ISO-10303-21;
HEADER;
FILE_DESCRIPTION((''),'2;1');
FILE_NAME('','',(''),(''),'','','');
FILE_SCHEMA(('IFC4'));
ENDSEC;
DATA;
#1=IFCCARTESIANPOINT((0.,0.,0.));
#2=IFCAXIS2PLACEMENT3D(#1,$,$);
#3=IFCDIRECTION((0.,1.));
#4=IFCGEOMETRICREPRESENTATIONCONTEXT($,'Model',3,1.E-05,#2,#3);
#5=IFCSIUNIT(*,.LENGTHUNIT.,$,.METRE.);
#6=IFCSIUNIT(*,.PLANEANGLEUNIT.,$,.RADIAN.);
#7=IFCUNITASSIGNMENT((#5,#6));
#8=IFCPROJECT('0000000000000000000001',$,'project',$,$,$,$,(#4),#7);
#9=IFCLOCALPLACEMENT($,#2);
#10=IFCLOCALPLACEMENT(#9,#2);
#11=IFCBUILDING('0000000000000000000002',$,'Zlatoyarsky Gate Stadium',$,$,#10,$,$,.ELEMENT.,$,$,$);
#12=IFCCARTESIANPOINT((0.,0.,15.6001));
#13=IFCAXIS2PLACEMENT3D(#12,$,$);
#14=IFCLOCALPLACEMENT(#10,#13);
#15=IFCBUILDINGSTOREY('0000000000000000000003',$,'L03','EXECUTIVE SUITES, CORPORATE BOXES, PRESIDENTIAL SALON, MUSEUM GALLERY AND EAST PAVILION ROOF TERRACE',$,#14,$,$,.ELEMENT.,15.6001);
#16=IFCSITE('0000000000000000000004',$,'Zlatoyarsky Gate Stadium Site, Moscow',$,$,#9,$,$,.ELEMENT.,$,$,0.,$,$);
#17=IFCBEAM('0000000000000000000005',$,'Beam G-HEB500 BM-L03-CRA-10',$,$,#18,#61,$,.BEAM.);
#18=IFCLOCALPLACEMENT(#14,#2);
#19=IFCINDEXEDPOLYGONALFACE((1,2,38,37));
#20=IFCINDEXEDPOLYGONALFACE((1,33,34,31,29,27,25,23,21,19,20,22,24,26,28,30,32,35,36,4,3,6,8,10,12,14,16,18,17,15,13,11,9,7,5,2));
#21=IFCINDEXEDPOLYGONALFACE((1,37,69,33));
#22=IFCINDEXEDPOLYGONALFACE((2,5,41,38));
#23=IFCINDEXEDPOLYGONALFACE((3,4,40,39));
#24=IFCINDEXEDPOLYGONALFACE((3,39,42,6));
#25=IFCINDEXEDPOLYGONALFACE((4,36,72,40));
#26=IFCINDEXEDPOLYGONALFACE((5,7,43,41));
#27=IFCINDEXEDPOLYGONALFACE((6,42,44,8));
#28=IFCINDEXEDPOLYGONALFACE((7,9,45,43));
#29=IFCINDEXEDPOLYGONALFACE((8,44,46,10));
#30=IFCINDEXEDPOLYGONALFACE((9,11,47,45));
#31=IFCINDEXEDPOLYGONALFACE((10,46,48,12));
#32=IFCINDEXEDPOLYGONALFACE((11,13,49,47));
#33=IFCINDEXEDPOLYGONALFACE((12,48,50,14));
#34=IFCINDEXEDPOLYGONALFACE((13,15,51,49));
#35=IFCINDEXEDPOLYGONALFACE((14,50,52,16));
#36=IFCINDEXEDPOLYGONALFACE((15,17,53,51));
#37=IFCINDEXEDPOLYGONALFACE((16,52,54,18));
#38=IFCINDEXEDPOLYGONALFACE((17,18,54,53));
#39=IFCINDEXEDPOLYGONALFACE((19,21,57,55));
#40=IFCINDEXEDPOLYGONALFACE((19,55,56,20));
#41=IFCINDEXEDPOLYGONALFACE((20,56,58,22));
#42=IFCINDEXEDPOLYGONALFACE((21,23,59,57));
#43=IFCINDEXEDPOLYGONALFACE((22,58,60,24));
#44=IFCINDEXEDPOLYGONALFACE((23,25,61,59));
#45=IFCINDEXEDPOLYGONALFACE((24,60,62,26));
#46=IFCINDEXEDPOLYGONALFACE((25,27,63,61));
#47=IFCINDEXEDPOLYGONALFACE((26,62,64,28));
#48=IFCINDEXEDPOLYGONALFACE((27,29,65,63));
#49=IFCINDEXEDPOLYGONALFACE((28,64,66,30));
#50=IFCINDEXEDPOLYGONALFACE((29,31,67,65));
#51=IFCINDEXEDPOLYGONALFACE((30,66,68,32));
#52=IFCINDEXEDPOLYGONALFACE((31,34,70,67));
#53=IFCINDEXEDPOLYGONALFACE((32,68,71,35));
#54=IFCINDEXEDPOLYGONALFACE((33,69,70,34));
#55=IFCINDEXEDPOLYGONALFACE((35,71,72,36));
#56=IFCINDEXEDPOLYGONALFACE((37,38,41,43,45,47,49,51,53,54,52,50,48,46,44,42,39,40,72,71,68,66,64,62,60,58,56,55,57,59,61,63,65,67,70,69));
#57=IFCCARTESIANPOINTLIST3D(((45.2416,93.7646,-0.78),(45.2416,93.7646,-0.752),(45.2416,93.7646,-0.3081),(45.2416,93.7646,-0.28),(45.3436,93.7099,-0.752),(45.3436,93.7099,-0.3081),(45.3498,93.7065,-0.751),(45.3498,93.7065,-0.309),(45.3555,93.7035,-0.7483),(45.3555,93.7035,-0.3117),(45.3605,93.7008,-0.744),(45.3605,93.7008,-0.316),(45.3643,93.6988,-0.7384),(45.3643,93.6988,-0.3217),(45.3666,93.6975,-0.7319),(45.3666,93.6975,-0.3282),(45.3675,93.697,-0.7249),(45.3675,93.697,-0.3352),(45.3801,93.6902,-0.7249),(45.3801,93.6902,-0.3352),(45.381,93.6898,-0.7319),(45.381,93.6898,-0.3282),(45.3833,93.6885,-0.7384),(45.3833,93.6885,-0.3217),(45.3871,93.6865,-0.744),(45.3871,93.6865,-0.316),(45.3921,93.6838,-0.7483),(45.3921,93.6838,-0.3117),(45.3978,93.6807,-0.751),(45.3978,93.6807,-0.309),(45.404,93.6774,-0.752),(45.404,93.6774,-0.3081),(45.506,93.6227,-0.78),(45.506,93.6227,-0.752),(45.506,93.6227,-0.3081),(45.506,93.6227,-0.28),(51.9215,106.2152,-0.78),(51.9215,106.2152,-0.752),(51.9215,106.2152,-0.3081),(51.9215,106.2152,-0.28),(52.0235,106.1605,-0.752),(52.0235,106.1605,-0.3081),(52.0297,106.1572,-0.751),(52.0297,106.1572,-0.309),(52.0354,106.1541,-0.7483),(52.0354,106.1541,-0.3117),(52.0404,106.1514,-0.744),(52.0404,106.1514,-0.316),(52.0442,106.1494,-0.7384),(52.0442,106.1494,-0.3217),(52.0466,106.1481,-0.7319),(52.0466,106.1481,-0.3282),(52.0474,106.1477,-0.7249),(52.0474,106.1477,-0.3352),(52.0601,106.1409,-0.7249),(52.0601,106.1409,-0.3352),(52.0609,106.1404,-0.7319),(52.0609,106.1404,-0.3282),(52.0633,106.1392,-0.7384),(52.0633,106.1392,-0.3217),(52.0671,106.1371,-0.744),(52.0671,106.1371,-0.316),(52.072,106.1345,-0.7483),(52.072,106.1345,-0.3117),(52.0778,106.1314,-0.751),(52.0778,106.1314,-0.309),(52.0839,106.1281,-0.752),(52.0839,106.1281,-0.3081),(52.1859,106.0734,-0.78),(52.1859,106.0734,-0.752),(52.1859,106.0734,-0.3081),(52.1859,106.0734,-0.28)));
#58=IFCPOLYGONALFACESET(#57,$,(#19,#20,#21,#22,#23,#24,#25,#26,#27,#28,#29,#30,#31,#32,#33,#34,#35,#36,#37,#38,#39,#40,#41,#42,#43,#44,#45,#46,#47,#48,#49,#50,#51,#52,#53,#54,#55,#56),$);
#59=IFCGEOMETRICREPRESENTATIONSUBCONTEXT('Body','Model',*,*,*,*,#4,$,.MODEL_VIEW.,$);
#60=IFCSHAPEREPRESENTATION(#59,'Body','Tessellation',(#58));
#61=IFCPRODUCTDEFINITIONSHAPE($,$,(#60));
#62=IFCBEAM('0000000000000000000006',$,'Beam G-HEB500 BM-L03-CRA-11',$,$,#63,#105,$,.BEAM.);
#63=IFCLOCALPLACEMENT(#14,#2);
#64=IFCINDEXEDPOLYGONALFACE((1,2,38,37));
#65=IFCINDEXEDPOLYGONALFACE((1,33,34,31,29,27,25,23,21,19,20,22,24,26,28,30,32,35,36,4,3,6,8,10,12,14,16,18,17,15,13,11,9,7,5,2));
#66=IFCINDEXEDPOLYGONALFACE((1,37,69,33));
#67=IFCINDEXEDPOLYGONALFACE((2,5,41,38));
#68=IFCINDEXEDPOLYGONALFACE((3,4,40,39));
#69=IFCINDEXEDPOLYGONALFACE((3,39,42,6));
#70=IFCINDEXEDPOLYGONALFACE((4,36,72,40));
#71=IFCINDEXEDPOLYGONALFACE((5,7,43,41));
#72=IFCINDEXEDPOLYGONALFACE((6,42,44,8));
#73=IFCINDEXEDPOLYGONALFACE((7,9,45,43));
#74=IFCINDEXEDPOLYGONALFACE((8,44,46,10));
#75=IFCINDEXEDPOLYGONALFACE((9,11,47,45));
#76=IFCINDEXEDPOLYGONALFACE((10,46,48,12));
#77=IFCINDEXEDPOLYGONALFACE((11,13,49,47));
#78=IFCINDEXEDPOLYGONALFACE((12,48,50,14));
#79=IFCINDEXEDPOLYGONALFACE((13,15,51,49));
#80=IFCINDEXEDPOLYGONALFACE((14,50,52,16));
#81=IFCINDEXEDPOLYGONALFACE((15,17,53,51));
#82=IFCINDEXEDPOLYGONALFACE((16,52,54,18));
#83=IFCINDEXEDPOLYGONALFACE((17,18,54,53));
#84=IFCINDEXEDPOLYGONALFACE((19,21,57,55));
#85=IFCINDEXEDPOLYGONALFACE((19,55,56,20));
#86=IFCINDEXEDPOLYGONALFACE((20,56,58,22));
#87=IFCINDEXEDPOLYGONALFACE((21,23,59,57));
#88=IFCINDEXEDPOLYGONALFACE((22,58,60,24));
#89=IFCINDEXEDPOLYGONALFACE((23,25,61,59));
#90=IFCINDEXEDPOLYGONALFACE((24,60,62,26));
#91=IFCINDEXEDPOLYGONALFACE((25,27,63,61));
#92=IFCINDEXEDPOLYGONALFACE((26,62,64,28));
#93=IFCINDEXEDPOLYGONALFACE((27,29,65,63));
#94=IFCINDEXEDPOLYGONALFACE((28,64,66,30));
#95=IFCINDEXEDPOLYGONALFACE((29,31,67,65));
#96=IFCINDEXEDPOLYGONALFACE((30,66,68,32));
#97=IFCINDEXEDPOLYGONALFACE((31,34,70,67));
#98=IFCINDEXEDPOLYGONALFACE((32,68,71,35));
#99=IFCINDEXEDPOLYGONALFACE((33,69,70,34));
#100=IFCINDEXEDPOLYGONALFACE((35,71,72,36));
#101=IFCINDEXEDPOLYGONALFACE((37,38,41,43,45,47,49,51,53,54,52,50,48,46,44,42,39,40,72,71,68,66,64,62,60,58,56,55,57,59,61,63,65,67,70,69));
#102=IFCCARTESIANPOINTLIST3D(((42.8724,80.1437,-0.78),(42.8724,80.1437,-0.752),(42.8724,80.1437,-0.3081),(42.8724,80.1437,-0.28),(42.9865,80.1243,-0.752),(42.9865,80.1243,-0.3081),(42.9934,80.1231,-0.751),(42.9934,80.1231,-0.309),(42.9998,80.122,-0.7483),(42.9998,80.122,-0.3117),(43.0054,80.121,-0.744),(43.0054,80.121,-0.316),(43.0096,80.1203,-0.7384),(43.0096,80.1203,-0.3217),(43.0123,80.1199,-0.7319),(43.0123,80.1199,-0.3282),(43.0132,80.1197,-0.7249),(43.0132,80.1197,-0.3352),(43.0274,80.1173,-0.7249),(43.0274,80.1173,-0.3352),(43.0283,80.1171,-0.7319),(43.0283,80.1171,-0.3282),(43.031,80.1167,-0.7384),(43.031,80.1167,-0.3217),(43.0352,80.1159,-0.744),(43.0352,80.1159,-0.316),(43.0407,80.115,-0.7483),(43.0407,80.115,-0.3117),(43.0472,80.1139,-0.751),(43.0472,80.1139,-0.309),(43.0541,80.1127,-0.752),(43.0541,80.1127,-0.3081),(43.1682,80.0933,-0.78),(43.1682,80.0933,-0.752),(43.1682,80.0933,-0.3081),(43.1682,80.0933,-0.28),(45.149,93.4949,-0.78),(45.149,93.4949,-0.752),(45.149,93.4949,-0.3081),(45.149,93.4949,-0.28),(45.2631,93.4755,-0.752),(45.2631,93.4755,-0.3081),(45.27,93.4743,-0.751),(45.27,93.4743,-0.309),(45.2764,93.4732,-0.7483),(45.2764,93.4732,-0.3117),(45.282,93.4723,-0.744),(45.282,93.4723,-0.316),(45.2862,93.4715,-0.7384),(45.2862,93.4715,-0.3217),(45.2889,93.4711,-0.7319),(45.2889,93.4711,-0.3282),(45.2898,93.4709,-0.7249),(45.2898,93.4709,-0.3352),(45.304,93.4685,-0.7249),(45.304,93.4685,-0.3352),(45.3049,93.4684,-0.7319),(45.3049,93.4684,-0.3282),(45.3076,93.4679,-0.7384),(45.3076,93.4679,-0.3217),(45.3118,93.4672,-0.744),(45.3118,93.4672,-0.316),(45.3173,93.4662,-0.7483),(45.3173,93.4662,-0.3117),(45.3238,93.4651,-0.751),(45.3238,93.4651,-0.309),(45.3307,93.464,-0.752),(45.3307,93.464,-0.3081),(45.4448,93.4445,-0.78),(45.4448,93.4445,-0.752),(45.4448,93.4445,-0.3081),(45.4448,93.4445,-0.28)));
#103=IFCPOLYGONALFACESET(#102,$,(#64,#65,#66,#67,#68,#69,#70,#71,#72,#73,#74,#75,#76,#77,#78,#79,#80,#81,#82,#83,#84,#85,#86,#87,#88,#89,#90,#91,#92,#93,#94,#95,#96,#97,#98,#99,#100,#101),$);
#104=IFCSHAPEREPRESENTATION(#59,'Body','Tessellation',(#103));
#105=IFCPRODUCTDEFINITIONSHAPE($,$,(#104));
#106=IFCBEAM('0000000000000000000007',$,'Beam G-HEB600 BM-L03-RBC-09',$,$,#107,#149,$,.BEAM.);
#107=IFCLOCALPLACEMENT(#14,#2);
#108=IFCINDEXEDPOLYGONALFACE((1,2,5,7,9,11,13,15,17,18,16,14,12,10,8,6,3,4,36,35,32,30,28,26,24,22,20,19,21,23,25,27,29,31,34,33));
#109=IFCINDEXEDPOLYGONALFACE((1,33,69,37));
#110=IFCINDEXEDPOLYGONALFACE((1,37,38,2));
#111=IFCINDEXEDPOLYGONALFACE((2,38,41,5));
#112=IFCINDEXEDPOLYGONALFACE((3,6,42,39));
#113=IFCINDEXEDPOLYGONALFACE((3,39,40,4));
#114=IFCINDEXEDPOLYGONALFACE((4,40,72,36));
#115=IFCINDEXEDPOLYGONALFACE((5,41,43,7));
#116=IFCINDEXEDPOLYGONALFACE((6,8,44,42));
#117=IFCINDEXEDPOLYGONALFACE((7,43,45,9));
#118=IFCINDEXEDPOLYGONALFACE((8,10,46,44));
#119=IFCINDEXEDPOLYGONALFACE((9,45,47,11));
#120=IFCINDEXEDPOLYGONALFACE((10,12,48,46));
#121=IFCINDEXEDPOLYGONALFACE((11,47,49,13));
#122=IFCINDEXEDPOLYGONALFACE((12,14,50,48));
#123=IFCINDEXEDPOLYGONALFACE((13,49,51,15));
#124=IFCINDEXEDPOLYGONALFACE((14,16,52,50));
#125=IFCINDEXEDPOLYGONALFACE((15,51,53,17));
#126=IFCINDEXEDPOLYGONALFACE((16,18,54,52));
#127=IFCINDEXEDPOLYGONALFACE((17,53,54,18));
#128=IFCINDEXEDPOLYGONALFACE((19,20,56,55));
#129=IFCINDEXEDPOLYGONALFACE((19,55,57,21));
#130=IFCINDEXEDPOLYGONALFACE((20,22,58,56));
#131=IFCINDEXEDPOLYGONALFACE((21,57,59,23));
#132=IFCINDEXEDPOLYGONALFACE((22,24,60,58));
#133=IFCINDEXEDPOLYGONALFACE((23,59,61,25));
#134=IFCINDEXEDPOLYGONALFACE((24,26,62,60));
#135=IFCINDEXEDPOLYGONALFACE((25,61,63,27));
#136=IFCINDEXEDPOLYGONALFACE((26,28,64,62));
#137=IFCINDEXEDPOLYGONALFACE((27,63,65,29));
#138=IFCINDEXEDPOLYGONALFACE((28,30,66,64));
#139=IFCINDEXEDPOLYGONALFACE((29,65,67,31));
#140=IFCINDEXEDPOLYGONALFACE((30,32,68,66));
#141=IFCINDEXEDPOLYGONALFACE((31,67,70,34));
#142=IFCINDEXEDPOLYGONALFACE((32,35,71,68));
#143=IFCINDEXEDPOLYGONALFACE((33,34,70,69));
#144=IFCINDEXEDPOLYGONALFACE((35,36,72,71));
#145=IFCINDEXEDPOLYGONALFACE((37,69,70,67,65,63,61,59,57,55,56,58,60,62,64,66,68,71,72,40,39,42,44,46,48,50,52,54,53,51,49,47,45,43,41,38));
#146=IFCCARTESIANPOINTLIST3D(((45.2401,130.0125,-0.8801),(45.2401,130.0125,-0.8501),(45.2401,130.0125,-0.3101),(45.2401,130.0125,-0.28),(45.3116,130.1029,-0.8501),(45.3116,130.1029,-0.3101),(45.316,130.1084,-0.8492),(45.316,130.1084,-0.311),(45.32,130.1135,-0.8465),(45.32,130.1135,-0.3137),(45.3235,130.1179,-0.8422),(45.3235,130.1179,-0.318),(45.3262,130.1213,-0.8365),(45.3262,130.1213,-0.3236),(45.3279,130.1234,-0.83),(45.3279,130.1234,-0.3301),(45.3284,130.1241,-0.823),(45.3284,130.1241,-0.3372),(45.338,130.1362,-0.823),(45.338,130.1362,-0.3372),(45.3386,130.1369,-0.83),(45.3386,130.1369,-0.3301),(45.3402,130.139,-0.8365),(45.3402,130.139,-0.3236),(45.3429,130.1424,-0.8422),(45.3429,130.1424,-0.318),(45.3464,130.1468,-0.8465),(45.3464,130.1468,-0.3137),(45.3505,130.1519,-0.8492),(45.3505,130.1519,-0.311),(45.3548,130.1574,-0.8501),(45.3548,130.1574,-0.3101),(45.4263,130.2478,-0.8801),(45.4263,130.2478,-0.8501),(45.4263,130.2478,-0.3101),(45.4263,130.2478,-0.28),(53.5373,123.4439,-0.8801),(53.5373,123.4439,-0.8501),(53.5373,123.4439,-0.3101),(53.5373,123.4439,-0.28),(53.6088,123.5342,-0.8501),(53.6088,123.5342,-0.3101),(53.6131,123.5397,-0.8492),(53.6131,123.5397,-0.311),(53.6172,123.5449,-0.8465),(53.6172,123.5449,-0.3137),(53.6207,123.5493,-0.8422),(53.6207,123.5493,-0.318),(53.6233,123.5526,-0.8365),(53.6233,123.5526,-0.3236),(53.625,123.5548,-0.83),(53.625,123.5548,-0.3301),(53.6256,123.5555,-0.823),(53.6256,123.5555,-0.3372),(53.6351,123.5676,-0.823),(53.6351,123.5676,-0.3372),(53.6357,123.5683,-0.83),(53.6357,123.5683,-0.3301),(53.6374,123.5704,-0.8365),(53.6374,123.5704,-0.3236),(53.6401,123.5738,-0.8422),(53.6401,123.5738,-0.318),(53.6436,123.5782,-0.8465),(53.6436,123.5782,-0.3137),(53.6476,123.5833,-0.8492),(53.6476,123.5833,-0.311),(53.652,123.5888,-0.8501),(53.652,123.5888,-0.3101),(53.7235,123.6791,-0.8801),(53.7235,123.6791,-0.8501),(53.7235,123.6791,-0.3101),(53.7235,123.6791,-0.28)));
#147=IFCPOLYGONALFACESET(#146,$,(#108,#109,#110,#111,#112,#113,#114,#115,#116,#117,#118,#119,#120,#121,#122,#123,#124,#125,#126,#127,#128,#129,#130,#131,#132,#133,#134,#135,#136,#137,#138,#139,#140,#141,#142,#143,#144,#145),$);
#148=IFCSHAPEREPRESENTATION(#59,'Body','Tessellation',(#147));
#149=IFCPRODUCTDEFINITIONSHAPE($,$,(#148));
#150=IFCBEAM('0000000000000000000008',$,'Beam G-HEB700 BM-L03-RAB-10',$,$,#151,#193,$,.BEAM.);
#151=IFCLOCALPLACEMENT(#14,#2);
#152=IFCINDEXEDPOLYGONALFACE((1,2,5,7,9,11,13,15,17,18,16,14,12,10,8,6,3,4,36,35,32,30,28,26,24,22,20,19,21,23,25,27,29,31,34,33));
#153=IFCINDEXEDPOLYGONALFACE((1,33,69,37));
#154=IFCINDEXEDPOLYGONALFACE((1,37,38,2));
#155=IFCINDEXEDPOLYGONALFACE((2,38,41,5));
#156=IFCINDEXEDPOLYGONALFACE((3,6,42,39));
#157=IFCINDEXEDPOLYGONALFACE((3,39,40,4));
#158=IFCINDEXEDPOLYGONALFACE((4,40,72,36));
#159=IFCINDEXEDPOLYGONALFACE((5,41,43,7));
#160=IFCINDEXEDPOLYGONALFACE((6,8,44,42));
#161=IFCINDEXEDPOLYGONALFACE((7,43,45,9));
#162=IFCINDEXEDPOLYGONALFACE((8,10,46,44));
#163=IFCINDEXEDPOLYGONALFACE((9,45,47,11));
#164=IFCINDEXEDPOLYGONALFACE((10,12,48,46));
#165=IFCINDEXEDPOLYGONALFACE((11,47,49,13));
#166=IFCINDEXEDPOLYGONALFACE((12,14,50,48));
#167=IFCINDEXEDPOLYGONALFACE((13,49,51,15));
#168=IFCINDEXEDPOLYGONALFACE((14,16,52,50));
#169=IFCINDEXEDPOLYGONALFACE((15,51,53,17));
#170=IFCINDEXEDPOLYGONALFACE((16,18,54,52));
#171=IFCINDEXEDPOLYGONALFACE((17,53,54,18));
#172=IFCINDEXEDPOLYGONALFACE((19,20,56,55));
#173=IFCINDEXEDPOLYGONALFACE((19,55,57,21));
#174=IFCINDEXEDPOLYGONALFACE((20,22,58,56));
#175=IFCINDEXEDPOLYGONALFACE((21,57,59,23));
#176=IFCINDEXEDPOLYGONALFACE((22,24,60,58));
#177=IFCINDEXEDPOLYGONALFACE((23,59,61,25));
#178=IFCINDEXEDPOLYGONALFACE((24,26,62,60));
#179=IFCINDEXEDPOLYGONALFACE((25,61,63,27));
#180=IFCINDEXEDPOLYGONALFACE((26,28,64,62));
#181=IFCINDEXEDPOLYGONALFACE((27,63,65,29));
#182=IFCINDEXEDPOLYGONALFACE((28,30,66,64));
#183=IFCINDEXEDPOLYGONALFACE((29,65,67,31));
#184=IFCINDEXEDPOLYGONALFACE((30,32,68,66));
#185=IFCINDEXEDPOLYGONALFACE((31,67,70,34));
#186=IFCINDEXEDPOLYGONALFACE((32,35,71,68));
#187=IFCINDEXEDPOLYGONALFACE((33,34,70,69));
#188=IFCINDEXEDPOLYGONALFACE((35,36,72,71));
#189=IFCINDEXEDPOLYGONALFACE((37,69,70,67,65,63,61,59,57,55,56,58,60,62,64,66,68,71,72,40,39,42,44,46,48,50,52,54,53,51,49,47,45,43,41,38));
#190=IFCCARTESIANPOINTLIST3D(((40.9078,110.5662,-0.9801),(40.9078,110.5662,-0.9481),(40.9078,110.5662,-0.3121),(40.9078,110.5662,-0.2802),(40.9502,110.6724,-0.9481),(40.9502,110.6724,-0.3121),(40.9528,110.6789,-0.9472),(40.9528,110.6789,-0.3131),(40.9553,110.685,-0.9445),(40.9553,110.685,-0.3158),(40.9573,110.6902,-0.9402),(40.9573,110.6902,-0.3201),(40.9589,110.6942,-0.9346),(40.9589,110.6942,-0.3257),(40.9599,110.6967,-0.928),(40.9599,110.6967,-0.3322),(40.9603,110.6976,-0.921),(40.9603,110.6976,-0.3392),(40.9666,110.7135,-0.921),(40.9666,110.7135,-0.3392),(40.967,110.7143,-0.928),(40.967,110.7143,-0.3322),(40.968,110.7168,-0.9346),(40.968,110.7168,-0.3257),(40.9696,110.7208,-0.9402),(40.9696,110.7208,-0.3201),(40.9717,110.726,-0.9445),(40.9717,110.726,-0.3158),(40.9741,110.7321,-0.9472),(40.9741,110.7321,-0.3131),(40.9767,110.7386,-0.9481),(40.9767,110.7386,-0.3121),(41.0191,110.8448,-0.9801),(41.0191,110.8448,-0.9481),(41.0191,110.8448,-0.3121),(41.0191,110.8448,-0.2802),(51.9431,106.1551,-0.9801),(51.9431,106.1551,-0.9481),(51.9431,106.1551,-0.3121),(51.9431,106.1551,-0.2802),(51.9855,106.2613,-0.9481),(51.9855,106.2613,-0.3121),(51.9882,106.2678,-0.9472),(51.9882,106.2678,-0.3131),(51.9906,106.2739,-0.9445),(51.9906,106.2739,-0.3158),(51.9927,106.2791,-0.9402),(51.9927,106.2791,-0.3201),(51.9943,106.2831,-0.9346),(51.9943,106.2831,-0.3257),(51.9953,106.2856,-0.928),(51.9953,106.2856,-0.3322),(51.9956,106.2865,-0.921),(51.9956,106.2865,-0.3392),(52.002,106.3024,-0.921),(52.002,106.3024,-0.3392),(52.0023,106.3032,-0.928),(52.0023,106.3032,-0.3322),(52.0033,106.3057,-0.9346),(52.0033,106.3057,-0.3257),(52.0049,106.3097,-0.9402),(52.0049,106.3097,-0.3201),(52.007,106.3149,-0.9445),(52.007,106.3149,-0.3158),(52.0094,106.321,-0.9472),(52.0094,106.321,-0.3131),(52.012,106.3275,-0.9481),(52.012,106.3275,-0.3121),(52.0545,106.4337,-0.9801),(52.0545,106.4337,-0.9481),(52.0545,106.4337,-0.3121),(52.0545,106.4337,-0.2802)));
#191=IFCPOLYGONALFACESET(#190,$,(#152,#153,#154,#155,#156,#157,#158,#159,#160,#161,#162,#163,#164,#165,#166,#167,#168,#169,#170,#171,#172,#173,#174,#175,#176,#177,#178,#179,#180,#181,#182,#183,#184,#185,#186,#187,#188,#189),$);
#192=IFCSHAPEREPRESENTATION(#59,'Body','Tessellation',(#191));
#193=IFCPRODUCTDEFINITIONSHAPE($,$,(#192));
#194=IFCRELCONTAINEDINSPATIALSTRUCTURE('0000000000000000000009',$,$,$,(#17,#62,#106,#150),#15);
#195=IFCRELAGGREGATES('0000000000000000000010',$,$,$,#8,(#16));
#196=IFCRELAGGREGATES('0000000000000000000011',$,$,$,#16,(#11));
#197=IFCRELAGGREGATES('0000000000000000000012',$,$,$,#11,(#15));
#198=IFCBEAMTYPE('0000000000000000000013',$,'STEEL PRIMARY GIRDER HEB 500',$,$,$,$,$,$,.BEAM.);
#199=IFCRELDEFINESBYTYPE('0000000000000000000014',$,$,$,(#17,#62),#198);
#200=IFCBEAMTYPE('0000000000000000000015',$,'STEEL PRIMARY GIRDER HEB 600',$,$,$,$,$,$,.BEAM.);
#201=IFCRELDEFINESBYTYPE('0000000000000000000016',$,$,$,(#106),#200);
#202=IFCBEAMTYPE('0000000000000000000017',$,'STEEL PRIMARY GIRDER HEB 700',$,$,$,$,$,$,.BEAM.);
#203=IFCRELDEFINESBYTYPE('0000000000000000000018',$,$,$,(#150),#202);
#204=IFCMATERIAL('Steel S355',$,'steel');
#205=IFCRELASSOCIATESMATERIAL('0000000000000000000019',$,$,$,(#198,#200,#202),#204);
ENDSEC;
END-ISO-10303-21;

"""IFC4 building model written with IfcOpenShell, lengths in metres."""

from ifc_helpers import new_model, si_unit, direction, frame, origin, origin_2d, place, context, subcontext, project, spatial, i_section, extrude, material, material_profile, profile_set, type_object, element, save


model = new_model("IFC4")

# Units and contexts
model_context = context("Model", 3, precision=1e-05, world=origin(), true_north=direction((0.0, 1.0)))
body_context = subcontext(model_context, "Body", "Model", "MODEL_VIEW")
ifc_project = project(units=[si_unit("LENGTHUNIT", "METRE"), si_unit("PLANEANGLEUNIT", "RADIAN")], contexts=[model_context])

# Site, building, storey
site_placement = place(None, origin())
site = spatial("IfcSite", under=ifc_project, at=site_placement, Name="Zlatoyarsky Gate Stadium Site, Moscow", CompositionType="ELEMENT", RefElevation=0.0)
building_placement = place(site_placement, origin())
building = spatial("IfcBuilding", under=site, at=building_placement, Name="Zlatoyarsky Gate Stadium", CompositionType="ELEMENT")
storey_placement = place(building_placement, frame((0.0, 0.0, 15.6001)))
storey = spatial("IfcBuildingStorey", under=building, at=storey_placement, Name="L03", Description="EXECUTIVE SUITES, CORPORATE BOXES, PRESIDENTIAL SALON, MUSEUM GALLERY AND EAST PAVILION ROOF TERRACE", CompositionType="ELEMENT", Elevation=15.6001)

# Shared definitions
ifc_material_1 = material(Name="Steel S355", Category="steel")

# Beams
ifc_material_profile_1 = material_profile(ifc_material_1, i_section(OverallWidth=0.3, OverallDepth=0.5, WebThickness=0.0144, FlangeThickness=0.0281, FilletRadius=0.0271, at=origin_2d()), Name="HEB 500")
ifc_profile_set_1 = profile_set([ifc_material_profile_1], Name="Steel S355")
beam_type_1 = type_object("IfcBeamType", Name="STEEL PRIMARY GIRDER HEB 500", PredefinedType="BEAM", material=ifc_profile_set_1)
beam_1_placement = place(storey_placement, frame((52.0537, 106.1443, -0.53), z_axis=(-0.472767, -0.881187, 0.0), x_axis=(0.881187, -0.472767, 0.0)))
element("IfcBeam", 1, at=beam_1_placement, inside=storey, type_object=beam_type_1, Name="Beam G-HEB500 BM-L03-CRA-10", PredefinedType="BEAM", context=body_context, shape_type="SweptSolid", body=[
    extrude(i_section(OverallWidth=0.3, OverallDepth=0.5, WebThickness=0.0144, FlangeThickness=0.0281, FilletRadius=0.0271, at=origin_2d()), origin(), (0.0, 0.0, 1.0), 14.1294),
])
beam_2_placement = place(storey_placement, frame((45.2969, 93.4697, -0.53), z_axis=(-0.16809, -0.985772, 0.0), x_axis=(0.985772, -0.16809, 0.0)))
element("IfcBeam", 2, at=beam_2_placement, inside=storey, type_object=beam_type_1, Name="Beam G-HEB500 BM-L03-CRA-11", PredefinedType="BEAM", context=body_context, shape_type="SweptSolid", body=[
    extrude(i_section(OverallWidth=0.3, OverallDepth=0.5, WebThickness=0.0144, FlangeThickness=0.0281, FilletRadius=0.0271, at=origin_2d()), origin(), (0.0, 0.0, 1.0), 13.5439),
])
ifc_material_profile_2 = material_profile(ifc_material_1, i_section(OverallWidth=0.3, OverallDepth=0.6001, WebThickness=0.0154, FlangeThickness=0.03, FilletRadius=0.0271, at=origin_2d()), Name="HEB 600")
ifc_profile_set_2 = profile_set([ifc_material_profile_2], Name="Steel S355")
beam_type_2 = type_object("IfcBeamType", Name="STEEL PRIMARY GIRDER HEB 600", PredefinedType="BEAM", material=ifc_profile_set_2)
beam_3_placement = place(storey_placement, frame((53.6304, 123.5615, -0.5801), z_axis=(-0.784043, 0.620706, 0.0), x_axis=(-0.620706, -0.784043, 0.0)))
element("IfcBeam", 3, at=beam_3_placement, inside=storey, type_object=beam_type_2, Name="Beam G-HEB600 BM-L03-RBC-09", PredefinedType="BEAM", context=body_context, shape_type="SweptSolid", body=[
    extrude(i_section(OverallWidth=0.3, OverallDepth=0.6001, WebThickness=0.0154, FlangeThickness=0.03, FilletRadius=0.0271, at=origin_2d()), origin(), (0.0, 0.0, 1.0), 10.5825),
])
ifc_material_profile_3 = material_profile(ifc_material_1, i_section(OverallWidth=0.3, OverallDepth=0.7, WebThickness=0.0171, FlangeThickness=0.032, FilletRadius=0.0271, at=origin_2d()), Name="HEB 700")
ifc_profile_set_3 = profile_set([ifc_material_profile_3], Name="Steel S355")
beam_type_3 = type_object("IfcBeamType", Name="STEEL PRIMARY GIRDER HEB 700", PredefinedType="BEAM", material=ifc_profile_set_3)
beam_4_placement = place(storey_placement, frame((51.9988, 106.2944, -0.6301), z_axis=(-0.928565, 0.371171, 0.0), x_axis=(-0.371171, -0.928565, 0.0)))
element("IfcBeam", 4, at=beam_4_placement, inside=storey, type_object=beam_type_3, Name="Beam G-HEB700 BM-L03-RAB-10", PredefinedType="BEAM", context=body_context, shape_type="SweptSolid", body=[
    extrude(i_section(OverallWidth=0.3, OverallDepth=0.7, WebThickness=0.0171, FlangeThickness=0.032, FilletRadius=0.0271, at=origin_2d()), origin(), (0.0, 0.0, 1.0), 11.8843),
])

save(model, "model.ifc")
